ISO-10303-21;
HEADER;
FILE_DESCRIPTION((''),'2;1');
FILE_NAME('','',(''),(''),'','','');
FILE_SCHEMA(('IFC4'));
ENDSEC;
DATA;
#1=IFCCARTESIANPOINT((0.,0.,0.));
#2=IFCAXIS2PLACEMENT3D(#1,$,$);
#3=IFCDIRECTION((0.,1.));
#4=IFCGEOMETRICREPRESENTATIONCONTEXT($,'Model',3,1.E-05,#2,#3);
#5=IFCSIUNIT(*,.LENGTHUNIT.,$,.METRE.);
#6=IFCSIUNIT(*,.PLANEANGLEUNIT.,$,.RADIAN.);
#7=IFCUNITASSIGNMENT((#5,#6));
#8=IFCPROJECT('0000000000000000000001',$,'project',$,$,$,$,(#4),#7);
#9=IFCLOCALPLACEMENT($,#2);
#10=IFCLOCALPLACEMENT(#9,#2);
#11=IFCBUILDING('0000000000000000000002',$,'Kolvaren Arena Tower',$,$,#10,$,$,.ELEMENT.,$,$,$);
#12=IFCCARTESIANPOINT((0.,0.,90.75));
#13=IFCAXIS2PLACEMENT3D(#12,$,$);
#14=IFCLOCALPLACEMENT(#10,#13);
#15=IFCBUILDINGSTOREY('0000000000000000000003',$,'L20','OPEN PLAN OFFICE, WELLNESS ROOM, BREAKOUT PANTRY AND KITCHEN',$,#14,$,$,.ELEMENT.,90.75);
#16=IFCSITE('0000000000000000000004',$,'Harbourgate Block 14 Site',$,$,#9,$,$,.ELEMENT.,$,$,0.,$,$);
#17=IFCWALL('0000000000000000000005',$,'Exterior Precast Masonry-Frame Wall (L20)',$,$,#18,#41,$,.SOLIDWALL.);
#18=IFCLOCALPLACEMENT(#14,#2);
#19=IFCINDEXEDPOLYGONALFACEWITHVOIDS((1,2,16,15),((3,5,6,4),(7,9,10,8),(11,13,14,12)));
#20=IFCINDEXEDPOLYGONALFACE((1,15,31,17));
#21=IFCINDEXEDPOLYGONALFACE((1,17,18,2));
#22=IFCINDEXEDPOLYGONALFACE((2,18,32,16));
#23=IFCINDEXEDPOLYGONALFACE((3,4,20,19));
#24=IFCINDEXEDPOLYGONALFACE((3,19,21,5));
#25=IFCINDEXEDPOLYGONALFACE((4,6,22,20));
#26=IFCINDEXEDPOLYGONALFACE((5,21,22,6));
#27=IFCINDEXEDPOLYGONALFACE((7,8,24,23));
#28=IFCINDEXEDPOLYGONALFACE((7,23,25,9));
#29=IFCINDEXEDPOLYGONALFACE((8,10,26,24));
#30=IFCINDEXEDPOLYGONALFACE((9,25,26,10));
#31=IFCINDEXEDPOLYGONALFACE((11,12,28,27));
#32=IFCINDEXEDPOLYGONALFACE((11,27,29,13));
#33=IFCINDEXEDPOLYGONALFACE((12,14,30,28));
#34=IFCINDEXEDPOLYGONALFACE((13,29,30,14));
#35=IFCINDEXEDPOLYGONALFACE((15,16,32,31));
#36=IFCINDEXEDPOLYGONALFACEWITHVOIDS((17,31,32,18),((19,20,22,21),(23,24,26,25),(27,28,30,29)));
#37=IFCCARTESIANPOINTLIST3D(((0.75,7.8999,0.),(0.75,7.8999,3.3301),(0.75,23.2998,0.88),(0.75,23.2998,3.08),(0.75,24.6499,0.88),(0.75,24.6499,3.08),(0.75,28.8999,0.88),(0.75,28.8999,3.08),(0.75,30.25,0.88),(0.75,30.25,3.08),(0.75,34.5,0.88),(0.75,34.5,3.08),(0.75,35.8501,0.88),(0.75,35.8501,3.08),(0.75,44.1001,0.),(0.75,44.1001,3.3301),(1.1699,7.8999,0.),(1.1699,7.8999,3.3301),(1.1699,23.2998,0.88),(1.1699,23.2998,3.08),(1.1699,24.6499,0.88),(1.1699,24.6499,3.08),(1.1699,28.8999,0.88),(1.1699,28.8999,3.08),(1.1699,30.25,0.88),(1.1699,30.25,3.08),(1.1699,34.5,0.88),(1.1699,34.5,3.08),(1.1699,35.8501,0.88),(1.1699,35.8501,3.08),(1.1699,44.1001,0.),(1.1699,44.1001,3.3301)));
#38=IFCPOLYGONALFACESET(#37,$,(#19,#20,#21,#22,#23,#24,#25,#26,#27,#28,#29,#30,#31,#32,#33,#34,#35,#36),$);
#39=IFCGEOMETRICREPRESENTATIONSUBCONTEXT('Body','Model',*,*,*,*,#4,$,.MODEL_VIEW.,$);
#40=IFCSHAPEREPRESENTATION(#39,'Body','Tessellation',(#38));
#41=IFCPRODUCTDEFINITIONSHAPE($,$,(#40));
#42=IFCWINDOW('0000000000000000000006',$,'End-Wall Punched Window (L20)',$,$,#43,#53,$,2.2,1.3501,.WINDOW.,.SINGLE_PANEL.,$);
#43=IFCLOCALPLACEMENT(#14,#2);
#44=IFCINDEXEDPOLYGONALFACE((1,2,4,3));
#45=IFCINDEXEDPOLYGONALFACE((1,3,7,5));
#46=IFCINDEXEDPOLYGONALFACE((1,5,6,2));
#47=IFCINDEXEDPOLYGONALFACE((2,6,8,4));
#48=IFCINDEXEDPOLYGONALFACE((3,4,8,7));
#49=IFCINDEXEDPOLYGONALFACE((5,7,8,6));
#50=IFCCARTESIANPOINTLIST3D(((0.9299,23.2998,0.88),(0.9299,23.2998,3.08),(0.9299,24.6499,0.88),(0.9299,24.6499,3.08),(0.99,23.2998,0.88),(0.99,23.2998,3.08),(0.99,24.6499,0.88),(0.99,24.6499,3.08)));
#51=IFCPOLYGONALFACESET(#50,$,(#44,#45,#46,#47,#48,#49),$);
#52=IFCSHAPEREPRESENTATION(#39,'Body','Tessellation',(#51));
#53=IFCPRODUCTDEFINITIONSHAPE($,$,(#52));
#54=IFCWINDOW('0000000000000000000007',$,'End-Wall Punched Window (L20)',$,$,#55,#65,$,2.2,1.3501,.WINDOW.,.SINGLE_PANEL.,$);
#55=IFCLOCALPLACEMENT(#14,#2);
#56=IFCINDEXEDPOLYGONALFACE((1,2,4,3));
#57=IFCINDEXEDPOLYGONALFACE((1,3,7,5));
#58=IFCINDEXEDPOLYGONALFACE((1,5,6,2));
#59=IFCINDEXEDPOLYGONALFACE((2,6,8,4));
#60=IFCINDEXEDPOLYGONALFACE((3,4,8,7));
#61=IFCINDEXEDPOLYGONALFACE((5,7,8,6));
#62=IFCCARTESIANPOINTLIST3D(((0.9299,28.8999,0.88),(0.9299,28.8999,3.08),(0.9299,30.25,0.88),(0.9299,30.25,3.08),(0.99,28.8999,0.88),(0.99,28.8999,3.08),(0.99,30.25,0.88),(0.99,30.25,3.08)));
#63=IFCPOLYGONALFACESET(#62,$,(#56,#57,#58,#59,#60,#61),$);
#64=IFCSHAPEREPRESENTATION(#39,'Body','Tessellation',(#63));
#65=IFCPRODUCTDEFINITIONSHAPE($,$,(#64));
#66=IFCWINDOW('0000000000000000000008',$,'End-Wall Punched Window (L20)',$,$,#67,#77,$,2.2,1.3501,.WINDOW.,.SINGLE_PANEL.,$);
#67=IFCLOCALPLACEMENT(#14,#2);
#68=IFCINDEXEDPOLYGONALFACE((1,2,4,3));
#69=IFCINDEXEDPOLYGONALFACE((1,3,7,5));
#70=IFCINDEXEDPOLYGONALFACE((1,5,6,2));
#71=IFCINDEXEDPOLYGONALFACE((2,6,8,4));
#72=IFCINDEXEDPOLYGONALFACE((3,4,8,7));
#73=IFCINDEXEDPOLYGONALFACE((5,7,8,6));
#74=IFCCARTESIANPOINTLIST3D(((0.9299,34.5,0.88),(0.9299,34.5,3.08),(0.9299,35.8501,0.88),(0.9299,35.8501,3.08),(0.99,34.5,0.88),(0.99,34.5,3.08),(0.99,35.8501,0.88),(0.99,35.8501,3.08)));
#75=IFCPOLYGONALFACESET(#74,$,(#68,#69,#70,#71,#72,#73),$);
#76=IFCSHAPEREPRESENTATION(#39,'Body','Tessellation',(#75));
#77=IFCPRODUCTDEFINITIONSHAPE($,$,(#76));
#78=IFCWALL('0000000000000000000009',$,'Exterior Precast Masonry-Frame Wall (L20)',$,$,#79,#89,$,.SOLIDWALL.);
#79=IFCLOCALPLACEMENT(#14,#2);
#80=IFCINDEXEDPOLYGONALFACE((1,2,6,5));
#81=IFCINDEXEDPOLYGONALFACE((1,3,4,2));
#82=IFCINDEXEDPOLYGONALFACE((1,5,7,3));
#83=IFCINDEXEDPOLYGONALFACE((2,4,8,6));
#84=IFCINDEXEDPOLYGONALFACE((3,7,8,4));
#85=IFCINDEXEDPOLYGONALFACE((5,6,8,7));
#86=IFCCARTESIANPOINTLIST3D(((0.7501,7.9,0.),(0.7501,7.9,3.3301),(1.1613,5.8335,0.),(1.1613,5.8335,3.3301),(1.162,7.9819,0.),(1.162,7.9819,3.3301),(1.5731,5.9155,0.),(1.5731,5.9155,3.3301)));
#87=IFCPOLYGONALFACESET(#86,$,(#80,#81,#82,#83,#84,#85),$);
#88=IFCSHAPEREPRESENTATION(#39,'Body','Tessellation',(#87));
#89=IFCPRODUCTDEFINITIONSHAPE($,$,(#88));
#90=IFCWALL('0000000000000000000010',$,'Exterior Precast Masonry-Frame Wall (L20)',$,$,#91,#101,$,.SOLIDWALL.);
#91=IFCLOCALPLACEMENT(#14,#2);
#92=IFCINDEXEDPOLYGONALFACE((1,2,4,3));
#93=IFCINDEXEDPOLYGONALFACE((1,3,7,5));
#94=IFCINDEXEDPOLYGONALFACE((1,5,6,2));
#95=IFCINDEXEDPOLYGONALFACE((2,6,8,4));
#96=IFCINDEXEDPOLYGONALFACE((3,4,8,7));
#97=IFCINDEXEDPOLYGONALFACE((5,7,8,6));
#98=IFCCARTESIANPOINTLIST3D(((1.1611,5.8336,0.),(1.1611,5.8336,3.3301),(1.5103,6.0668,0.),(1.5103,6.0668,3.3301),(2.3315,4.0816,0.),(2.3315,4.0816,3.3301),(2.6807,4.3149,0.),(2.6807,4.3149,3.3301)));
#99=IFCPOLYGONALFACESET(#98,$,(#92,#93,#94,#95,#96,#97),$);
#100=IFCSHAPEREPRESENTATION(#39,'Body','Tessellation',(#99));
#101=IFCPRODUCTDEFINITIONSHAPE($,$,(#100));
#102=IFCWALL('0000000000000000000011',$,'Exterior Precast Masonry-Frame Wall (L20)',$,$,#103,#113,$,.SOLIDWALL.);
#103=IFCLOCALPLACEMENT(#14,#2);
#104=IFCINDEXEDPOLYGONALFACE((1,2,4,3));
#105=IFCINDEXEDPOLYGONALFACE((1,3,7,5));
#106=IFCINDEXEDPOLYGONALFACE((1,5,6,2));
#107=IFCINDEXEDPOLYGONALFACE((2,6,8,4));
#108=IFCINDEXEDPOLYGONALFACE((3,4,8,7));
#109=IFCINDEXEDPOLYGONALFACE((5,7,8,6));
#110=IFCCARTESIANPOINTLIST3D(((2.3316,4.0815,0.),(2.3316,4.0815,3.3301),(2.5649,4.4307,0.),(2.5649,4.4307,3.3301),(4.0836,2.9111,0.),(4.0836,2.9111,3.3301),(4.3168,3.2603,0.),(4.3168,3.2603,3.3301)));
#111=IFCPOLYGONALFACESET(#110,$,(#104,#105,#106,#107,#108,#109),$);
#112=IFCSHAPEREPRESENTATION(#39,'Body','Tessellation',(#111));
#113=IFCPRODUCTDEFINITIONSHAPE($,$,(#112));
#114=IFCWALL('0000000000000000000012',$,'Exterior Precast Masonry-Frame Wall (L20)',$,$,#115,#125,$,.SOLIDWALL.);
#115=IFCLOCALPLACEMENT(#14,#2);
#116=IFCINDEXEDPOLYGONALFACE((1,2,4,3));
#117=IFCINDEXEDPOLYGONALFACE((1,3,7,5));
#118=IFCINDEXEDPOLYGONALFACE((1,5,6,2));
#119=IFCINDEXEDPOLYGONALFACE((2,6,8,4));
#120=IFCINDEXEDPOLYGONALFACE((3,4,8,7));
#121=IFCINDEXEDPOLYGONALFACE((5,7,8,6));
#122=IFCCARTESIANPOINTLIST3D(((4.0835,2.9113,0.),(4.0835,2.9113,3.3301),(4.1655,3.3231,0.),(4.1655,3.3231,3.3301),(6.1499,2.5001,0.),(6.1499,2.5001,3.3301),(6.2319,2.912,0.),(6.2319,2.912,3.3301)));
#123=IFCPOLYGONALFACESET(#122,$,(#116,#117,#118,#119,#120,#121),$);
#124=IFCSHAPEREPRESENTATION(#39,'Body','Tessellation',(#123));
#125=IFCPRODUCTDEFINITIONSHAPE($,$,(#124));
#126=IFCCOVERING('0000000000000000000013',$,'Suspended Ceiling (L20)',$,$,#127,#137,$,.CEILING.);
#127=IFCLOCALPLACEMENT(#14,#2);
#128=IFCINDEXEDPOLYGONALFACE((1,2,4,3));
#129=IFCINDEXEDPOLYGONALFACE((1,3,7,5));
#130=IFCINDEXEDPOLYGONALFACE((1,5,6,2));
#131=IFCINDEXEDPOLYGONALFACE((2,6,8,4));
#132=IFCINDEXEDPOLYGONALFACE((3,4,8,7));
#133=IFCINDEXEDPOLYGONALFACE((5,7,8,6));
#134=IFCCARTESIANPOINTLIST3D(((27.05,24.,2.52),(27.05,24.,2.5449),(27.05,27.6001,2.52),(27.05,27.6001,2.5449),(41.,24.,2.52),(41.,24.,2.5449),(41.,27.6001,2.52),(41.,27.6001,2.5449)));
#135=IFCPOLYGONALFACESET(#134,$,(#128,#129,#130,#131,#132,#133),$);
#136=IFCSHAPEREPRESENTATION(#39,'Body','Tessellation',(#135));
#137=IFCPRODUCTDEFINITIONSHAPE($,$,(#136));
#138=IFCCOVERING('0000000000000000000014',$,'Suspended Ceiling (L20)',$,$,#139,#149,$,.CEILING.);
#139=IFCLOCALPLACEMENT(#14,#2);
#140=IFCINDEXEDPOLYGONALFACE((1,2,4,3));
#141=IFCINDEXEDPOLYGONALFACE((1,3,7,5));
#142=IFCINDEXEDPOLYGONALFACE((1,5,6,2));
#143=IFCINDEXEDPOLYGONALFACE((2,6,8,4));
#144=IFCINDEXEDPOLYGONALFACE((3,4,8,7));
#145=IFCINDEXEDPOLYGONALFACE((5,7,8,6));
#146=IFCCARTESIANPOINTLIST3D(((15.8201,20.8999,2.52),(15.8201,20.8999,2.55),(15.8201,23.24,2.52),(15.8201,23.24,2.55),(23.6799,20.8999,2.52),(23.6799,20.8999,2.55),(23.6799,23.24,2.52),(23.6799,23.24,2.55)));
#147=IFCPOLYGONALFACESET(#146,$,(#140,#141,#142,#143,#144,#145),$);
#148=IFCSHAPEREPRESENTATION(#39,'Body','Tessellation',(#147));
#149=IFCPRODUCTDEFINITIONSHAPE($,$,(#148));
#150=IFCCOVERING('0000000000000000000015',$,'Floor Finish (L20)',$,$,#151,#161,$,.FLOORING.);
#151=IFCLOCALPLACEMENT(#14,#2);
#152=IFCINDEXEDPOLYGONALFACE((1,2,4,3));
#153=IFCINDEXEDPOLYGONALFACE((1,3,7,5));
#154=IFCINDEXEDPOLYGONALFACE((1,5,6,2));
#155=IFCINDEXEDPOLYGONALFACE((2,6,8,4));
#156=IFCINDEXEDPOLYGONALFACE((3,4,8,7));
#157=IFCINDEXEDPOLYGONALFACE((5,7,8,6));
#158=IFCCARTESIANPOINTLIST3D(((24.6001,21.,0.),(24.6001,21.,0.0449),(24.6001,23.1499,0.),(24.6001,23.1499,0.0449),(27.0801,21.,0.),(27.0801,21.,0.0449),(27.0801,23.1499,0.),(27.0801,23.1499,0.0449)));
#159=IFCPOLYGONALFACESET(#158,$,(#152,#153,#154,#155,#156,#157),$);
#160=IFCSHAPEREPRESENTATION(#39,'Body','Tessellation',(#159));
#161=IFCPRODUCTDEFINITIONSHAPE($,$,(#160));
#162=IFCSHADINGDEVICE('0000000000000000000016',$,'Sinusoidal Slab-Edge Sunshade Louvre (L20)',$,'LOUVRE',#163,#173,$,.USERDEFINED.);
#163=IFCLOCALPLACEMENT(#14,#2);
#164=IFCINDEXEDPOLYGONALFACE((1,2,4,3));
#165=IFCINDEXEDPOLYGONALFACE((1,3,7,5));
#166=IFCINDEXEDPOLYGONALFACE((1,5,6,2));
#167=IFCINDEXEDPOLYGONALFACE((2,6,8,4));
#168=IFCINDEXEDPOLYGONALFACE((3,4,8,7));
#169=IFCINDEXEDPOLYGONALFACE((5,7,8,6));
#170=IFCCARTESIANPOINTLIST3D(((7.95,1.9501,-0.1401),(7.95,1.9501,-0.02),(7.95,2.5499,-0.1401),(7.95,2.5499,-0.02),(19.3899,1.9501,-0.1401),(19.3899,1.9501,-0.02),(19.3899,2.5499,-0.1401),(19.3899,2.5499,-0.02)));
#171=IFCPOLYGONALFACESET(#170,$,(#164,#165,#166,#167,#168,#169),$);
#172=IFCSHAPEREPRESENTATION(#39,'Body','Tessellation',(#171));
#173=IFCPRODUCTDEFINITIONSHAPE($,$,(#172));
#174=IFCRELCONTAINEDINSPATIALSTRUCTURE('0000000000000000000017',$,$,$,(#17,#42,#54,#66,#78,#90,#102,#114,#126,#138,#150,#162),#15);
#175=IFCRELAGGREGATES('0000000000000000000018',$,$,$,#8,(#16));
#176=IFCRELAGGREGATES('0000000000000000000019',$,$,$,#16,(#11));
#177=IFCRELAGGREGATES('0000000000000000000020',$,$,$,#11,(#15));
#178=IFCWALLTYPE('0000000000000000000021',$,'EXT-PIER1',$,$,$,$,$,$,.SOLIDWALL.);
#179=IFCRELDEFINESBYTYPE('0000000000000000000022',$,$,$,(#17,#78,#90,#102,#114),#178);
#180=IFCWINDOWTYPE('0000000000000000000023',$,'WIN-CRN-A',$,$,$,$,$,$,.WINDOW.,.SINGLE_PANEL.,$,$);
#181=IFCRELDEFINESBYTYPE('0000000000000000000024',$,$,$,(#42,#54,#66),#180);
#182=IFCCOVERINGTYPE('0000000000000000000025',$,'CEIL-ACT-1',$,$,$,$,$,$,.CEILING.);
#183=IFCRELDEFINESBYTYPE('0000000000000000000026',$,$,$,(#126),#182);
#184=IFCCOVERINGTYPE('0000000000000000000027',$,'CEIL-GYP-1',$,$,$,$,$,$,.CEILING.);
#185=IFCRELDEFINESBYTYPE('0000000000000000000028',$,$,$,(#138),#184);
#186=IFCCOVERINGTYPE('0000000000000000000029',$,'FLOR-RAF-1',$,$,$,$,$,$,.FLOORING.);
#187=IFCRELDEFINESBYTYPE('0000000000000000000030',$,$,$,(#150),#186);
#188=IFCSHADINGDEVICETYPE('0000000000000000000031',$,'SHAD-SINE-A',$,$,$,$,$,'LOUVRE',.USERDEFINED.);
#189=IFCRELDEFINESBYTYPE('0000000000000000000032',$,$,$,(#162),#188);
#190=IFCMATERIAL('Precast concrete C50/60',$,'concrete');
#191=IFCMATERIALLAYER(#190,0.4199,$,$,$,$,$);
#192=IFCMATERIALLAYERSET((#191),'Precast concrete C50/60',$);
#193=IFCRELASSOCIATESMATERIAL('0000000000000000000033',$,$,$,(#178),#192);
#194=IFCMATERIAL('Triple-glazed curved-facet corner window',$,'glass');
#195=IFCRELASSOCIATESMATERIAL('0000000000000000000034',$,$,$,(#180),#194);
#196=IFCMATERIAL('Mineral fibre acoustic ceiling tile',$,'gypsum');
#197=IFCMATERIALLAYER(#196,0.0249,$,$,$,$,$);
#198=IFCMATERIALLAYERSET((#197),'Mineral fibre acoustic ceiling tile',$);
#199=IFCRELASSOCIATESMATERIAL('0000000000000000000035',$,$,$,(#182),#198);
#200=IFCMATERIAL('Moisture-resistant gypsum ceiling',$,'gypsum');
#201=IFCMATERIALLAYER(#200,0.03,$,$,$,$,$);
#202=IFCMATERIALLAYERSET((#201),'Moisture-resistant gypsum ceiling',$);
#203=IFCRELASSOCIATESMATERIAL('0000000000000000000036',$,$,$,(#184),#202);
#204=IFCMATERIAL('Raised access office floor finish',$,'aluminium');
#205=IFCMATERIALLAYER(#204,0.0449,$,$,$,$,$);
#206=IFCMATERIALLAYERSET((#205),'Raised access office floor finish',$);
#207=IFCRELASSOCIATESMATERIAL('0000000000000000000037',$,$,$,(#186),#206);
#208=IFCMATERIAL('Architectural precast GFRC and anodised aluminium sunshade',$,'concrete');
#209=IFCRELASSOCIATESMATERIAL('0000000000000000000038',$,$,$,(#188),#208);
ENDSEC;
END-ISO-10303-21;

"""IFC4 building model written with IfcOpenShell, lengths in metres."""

from ifc_helpers import new_model, si_unit, direction, frame, frame_2d, origin, origin_2d, place, context, subcontext, project, spatial, polyline, rectangle, outline, extrude, material, layer, layer_set, type_object, element, fill, save


model = new_model("IFC4")

# Units and contexts
model_context = context("Model", 3, precision=1e-05, world=origin(), true_north=direction((0.0, 1.0)))
body_context = subcontext(model_context, "Body", "Model", "MODEL_VIEW")
ifc_project = project(units=[si_unit("LENGTHUNIT", "METRE"), si_unit("PLANEANGLEUNIT", "RADIAN")], contexts=[model_context])

# Site, building, storey
site_placement = place(None, origin())
site = spatial("IfcSite", under=ifc_project, at=site_placement, Name="Harbourgate Block 14 Site", CompositionType="ELEMENT", RefElevation=0.0)
building_placement = place(site_placement, origin())
building = spatial("IfcBuilding", under=site, at=building_placement, Name="Kolvaren Arena Tower", CompositionType="ELEMENT")
storey_placement = place(building_placement, frame((0.0, 0.0, 90.75)))
storey = spatial("IfcBuildingStorey", under=building, at=storey_placement, Name="L20", Description="OPEN PLAN OFFICE, WELLNESS ROOM, BREAKOUT PANTRY AND KITCHEN", CompositionType="ELEMENT", Elevation=90.75)

# Wall, openings, windows
ifc_material_1 = material(Name="Precast concrete C50/60", Category="concrete")
ifc_layer_1 = layer(ifc_material_1, 0.4199)
ifc_layer_set_1 = layer_set([ifc_layer_1], Name="Precast concrete C50/60")
wall_type = type_object("IfcWallType", Name="EXT-PIER1", PredefinedType="SOLIDWALL", material=ifc_layer_set_1)
wall_placement = place(storey_placement, frame((0.96, 7.8999, 0.0), z_axis=(0.0, 0.0, 1.0), x_axis=(0.0, 1.0, 0.0)))
wall = element("IfcWall", 1, at=wall_placement, inside=storey, type_object=wall_type, Name="Exterior Precast Masonry-Frame Wall (L20)", PredefinedType="SOLIDWALL", context=body_context, shape_type="SweptSolid", body=[
    extrude(rectangle(XDim=36.2002, YDim=0.4199, at=frame_2d((18.1001, 0.0))), origin(), (0.0, 0.0, 1.0), 3.3301),
])
opening_1_placement = place(wall_placement, frame((15.3999, 0.0, 0.8799)))
opening_1 = element("IfcOpeningElement", 2, at=opening_1_placement, cuts=wall, PredefinedType="OPENING", context=body_context, shape_type="SweptSolid", body=[
    extrude(rectangle(XDim=1.3501, YDim=2.2, at=frame_2d((0.675, 1.1001))), frame((0.0, 0.22, 0.0), z_axis=(0.0, -1.0, 0.0), x_axis=(1.0, 0.0, 0.0)), (0.0, 0.0, 1.0), 0.4399),
])
opening_2_placement = place(wall_placement, frame((21.0, 0.0, 0.8799)))
opening_2 = element("IfcOpeningElement", 3, at=opening_2_placement, cuts=wall, PredefinedType="OPENING", context=body_context, shape_type="SweptSolid", body=[
    extrude(rectangle(XDim=1.3501, YDim=2.2, at=frame_2d((0.675, 1.1001))), frame((0.0, 0.22, 0.0), z_axis=(0.0, -1.0, 0.0), x_axis=(1.0, 0.0, 0.0)), (0.0, 0.0, 1.0), 0.4399),
])
opening_3_placement = place(wall_placement, frame((26.6001, 0.0, 0.8799)))
opening_3 = element("IfcOpeningElement", 4, at=opening_3_placement, cuts=wall, PredefinedType="OPENING", context=body_context, shape_type="SweptSolid", body=[
    extrude(rectangle(XDim=1.3501, YDim=2.2, at=frame_2d((0.675, 1.1001))), frame((0.0, 0.22, 0.0), z_axis=(0.0, -1.0, 0.0), x_axis=(1.0, 0.0, 0.0)), (0.0, 0.0, 1.0), 0.4399),
])
ifc_material_2 = material(Name="Triple-glazed curved-facet corner window", Category="glass")
window_type = type_object("IfcWindowType", Name="WIN-CRN-A", PartitioningType="SINGLE_PANEL", PredefinedType="WINDOW", material=ifc_material_2)
window_1_placement = place(opening_1_placement, origin())
window_1 = element("IfcWindow", 5, at=window_1_placement, inside=storey, type_object=window_type, Name="End-Wall Punched Window (L20)", OverallHeight=2.2, OverallWidth=1.3501, PartitioningType="SINGLE_PANEL", PredefinedType="WINDOW", context=body_context, shape_type="SweptSolid", body=[
    extrude(rectangle(XDim=1.3501, YDim=2.2, at=frame_2d((0.675, 1.1001))), frame((0.0, 0.03, 0.0), z_axis=(0.0, -1.0, 0.0), x_axis=(1.0, 0.0, 0.0)), (0.0, 0.0, 1.0), 0.0601),
])
fill(opening_1, window_1)
window_2_placement = place(opening_2_placement, origin())
window_2 = element("IfcWindow", 6, at=window_2_placement, inside=storey, type_object=window_type, Name="End-Wall Punched Window (L20)", OverallHeight=2.2, OverallWidth=1.3501, PartitioningType="SINGLE_PANEL", PredefinedType="WINDOW", context=body_context, shape_type="SweptSolid", body=[
    extrude(rectangle(XDim=1.3501, YDim=2.2, at=frame_2d((0.675, 1.1001))), frame((0.0, 0.03, 0.0), z_axis=(0.0, -1.0, 0.0), x_axis=(1.0, 0.0, 0.0)), (0.0, 0.0, 1.0), 0.0601),
])
fill(opening_2, window_2)
window_3_placement = place(opening_3_placement, origin())
window_3 = element("IfcWindow", 7, at=window_3_placement, inside=storey, type_object=window_type, Name="End-Wall Punched Window (L20)", OverallHeight=2.2, OverallWidth=1.3501, PartitioningType="SINGLE_PANEL", PredefinedType="WINDOW", context=body_context, shape_type="SweptSolid", body=[
    extrude(rectangle(XDim=1.3501, YDim=2.2, at=frame_2d((0.675, 1.1001))), frame((0.0, 0.03, 0.0), z_axis=(0.0, -1.0, 0.0), x_axis=(1.0, 0.0, 0.0)), (0.0, 0.0, 1.0), 0.0601),
])
fill(opening_3, window_3)

# Walls
for number, where, z_axis, x_axis, name in (
    (8, (1.3672, 5.8745, 0.0), (0.0, 0.0, 1.0), (-0.195136, 0.980776, 0.0), "Exterior Precast Masonry-Frame Wall (L20)"),
    (9, (2.5061, 4.1982, 0.0), (0.0, 0.0, 1.0), (-0.555502, 0.831515, 0.0), "Exterior Precast Masonry-Frame Wall (L20)"),
    (10, (4.2002, 3.0857, 0.0), (0.0, 0.0, 1.0), (-0.831515, 0.555502, 0.0), "Exterior Precast Masonry-Frame Wall (L20)"),
    (11, (6.1909, 2.7061, 0.0), (0.0, 0.0, 1.0), (-0.980776, 0.195136, 0.0), "Exterior Precast Masonry-Frame Wall (L20)"),
):
    element("IfcWall", number, at=place(storey_placement, frame(where, z_axis=z_axis, x_axis=x_axis)), inside=storey, type_object=wall_type, Name=name, PredefinedType="SOLIDWALL", context=body_context, shape_type="SweptSolid", body=[
        extrude(rectangle(XDim=2.1069, YDim=0.4199, at=frame_2d((1.0535, 0.0))), origin(), (0.0, 0.0, 1.0), 3.3301),
    ])

# Coverings
ifc_material_3 = material(Name="Mineral fibre acoustic ceiling tile", Category="gypsum")
ifc_layer_2 = layer(ifc_material_3, 0.0249)
ifc_layer_set_2 = layer_set([ifc_layer_2], Name="Mineral fibre acoustic ceiling tile")
covering_type_1 = type_object("IfcCoveringType", Name="CEIL-ACT-1", PredefinedType="CEILING", material=ifc_layer_set_2)
covering_1_placement = place(storey_placement, frame((0.0, 0.0, 2.52)))
element("IfcCovering", 12, at=covering_1_placement, inside=storey, type_object=covering_type_1, Name="Suspended Ceiling (L20)", PredefinedType="CEILING", context=body_context, shape_type="SweptSolid", body=[
    extrude(outline(polyline([(27.05, 24.0), (27.05, 27.6001), (41.0, 27.6001), (41.0, 24.0), (27.05, 24.0)])), origin(), (0.0, 0.0, 1.0), 0.0249),
])
ifc_material_4 = material(Name="Moisture-resistant gypsum ceiling", Category="gypsum")
ifc_layer_3 = layer(ifc_material_4, 0.03)
ifc_layer_set_3 = layer_set([ifc_layer_3], Name="Moisture-resistant gypsum ceiling")
covering_type_2 = type_object("IfcCoveringType", Name="CEIL-GYP-1", PredefinedType="CEILING", material=ifc_layer_set_3)
covering_2_placement = place(storey_placement, frame((0.0, 0.0, 2.52)))
element("IfcCovering", 13, at=covering_2_placement, inside=storey, type_object=covering_type_2, Name="Suspended Ceiling (L20)", PredefinedType="CEILING", context=body_context, shape_type="SweptSolid", body=[
    extrude(outline(polyline([(15.8201, 20.8999), (15.8201, 23.24), (23.6799, 23.24), (23.6799, 20.8999), (15.8201, 20.8999)])), origin(), (0.0, 0.0, 1.0), 0.03),
])
ifc_material_5 = material(Name="Raised access office floor finish", Category="aluminium")
ifc_layer_4 = layer(ifc_material_5, 0.0449)
ifc_layer_set_4 = layer_set([ifc_layer_4], Name="Raised access office floor finish")
covering_type_3 = type_object("IfcCoveringType", Name="FLOR-RAF-1", PredefinedType="FLOORING", material=ifc_layer_set_4)
covering_3_placement = place(storey_placement, origin())
element("IfcCovering", 14, at=covering_3_placement, inside=storey, type_object=covering_type_3, Name="Floor Finish (L20)", PredefinedType="FLOORING", context=body_context, shape_type="SweptSolid", body=[
    extrude(outline(polyline([(24.6001, 21.0), (24.6001, 23.1499), (27.0801, 23.1499), (27.0801, 21.0), (24.6001, 21.0)])), origin(), (0.0, 0.0, 1.0), 0.0449),
])

# Shading device
ifc_material_6 = material(Name="Architectural precast GFRC and anodised aluminium sunshade", Category="concrete")
shading_device_type = type_object("IfcShadingDeviceType", Name="SHAD-SINE-A", ElementType="LOUVRE", PredefinedType="USERDEFINED", material=ifc_material_6)
shading_device_placement = place(storey_placement, frame((13.6699, 2.25, -0.1401), z_axis=(0.0, 0.0, 1.0), x_axis=(-1.0, 0.0, 0.0)))
element("IfcShadingDevice", 15, at=shading_device_placement, inside=storey, type_object=shading_device_type, Name="Sinusoidal Slab-Edge Sunshade Louvre (L20)", ObjectType="LOUVRE", PredefinedType="USERDEFINED", context=body_context, shape_type="SweptSolid", body=[
    extrude(rectangle(XDim=11.4399, YDim=0.5999, at=origin_2d()), origin(), (0.0, 0.0, 1.0), 0.1201),
])

save(model, "model.ifc")
